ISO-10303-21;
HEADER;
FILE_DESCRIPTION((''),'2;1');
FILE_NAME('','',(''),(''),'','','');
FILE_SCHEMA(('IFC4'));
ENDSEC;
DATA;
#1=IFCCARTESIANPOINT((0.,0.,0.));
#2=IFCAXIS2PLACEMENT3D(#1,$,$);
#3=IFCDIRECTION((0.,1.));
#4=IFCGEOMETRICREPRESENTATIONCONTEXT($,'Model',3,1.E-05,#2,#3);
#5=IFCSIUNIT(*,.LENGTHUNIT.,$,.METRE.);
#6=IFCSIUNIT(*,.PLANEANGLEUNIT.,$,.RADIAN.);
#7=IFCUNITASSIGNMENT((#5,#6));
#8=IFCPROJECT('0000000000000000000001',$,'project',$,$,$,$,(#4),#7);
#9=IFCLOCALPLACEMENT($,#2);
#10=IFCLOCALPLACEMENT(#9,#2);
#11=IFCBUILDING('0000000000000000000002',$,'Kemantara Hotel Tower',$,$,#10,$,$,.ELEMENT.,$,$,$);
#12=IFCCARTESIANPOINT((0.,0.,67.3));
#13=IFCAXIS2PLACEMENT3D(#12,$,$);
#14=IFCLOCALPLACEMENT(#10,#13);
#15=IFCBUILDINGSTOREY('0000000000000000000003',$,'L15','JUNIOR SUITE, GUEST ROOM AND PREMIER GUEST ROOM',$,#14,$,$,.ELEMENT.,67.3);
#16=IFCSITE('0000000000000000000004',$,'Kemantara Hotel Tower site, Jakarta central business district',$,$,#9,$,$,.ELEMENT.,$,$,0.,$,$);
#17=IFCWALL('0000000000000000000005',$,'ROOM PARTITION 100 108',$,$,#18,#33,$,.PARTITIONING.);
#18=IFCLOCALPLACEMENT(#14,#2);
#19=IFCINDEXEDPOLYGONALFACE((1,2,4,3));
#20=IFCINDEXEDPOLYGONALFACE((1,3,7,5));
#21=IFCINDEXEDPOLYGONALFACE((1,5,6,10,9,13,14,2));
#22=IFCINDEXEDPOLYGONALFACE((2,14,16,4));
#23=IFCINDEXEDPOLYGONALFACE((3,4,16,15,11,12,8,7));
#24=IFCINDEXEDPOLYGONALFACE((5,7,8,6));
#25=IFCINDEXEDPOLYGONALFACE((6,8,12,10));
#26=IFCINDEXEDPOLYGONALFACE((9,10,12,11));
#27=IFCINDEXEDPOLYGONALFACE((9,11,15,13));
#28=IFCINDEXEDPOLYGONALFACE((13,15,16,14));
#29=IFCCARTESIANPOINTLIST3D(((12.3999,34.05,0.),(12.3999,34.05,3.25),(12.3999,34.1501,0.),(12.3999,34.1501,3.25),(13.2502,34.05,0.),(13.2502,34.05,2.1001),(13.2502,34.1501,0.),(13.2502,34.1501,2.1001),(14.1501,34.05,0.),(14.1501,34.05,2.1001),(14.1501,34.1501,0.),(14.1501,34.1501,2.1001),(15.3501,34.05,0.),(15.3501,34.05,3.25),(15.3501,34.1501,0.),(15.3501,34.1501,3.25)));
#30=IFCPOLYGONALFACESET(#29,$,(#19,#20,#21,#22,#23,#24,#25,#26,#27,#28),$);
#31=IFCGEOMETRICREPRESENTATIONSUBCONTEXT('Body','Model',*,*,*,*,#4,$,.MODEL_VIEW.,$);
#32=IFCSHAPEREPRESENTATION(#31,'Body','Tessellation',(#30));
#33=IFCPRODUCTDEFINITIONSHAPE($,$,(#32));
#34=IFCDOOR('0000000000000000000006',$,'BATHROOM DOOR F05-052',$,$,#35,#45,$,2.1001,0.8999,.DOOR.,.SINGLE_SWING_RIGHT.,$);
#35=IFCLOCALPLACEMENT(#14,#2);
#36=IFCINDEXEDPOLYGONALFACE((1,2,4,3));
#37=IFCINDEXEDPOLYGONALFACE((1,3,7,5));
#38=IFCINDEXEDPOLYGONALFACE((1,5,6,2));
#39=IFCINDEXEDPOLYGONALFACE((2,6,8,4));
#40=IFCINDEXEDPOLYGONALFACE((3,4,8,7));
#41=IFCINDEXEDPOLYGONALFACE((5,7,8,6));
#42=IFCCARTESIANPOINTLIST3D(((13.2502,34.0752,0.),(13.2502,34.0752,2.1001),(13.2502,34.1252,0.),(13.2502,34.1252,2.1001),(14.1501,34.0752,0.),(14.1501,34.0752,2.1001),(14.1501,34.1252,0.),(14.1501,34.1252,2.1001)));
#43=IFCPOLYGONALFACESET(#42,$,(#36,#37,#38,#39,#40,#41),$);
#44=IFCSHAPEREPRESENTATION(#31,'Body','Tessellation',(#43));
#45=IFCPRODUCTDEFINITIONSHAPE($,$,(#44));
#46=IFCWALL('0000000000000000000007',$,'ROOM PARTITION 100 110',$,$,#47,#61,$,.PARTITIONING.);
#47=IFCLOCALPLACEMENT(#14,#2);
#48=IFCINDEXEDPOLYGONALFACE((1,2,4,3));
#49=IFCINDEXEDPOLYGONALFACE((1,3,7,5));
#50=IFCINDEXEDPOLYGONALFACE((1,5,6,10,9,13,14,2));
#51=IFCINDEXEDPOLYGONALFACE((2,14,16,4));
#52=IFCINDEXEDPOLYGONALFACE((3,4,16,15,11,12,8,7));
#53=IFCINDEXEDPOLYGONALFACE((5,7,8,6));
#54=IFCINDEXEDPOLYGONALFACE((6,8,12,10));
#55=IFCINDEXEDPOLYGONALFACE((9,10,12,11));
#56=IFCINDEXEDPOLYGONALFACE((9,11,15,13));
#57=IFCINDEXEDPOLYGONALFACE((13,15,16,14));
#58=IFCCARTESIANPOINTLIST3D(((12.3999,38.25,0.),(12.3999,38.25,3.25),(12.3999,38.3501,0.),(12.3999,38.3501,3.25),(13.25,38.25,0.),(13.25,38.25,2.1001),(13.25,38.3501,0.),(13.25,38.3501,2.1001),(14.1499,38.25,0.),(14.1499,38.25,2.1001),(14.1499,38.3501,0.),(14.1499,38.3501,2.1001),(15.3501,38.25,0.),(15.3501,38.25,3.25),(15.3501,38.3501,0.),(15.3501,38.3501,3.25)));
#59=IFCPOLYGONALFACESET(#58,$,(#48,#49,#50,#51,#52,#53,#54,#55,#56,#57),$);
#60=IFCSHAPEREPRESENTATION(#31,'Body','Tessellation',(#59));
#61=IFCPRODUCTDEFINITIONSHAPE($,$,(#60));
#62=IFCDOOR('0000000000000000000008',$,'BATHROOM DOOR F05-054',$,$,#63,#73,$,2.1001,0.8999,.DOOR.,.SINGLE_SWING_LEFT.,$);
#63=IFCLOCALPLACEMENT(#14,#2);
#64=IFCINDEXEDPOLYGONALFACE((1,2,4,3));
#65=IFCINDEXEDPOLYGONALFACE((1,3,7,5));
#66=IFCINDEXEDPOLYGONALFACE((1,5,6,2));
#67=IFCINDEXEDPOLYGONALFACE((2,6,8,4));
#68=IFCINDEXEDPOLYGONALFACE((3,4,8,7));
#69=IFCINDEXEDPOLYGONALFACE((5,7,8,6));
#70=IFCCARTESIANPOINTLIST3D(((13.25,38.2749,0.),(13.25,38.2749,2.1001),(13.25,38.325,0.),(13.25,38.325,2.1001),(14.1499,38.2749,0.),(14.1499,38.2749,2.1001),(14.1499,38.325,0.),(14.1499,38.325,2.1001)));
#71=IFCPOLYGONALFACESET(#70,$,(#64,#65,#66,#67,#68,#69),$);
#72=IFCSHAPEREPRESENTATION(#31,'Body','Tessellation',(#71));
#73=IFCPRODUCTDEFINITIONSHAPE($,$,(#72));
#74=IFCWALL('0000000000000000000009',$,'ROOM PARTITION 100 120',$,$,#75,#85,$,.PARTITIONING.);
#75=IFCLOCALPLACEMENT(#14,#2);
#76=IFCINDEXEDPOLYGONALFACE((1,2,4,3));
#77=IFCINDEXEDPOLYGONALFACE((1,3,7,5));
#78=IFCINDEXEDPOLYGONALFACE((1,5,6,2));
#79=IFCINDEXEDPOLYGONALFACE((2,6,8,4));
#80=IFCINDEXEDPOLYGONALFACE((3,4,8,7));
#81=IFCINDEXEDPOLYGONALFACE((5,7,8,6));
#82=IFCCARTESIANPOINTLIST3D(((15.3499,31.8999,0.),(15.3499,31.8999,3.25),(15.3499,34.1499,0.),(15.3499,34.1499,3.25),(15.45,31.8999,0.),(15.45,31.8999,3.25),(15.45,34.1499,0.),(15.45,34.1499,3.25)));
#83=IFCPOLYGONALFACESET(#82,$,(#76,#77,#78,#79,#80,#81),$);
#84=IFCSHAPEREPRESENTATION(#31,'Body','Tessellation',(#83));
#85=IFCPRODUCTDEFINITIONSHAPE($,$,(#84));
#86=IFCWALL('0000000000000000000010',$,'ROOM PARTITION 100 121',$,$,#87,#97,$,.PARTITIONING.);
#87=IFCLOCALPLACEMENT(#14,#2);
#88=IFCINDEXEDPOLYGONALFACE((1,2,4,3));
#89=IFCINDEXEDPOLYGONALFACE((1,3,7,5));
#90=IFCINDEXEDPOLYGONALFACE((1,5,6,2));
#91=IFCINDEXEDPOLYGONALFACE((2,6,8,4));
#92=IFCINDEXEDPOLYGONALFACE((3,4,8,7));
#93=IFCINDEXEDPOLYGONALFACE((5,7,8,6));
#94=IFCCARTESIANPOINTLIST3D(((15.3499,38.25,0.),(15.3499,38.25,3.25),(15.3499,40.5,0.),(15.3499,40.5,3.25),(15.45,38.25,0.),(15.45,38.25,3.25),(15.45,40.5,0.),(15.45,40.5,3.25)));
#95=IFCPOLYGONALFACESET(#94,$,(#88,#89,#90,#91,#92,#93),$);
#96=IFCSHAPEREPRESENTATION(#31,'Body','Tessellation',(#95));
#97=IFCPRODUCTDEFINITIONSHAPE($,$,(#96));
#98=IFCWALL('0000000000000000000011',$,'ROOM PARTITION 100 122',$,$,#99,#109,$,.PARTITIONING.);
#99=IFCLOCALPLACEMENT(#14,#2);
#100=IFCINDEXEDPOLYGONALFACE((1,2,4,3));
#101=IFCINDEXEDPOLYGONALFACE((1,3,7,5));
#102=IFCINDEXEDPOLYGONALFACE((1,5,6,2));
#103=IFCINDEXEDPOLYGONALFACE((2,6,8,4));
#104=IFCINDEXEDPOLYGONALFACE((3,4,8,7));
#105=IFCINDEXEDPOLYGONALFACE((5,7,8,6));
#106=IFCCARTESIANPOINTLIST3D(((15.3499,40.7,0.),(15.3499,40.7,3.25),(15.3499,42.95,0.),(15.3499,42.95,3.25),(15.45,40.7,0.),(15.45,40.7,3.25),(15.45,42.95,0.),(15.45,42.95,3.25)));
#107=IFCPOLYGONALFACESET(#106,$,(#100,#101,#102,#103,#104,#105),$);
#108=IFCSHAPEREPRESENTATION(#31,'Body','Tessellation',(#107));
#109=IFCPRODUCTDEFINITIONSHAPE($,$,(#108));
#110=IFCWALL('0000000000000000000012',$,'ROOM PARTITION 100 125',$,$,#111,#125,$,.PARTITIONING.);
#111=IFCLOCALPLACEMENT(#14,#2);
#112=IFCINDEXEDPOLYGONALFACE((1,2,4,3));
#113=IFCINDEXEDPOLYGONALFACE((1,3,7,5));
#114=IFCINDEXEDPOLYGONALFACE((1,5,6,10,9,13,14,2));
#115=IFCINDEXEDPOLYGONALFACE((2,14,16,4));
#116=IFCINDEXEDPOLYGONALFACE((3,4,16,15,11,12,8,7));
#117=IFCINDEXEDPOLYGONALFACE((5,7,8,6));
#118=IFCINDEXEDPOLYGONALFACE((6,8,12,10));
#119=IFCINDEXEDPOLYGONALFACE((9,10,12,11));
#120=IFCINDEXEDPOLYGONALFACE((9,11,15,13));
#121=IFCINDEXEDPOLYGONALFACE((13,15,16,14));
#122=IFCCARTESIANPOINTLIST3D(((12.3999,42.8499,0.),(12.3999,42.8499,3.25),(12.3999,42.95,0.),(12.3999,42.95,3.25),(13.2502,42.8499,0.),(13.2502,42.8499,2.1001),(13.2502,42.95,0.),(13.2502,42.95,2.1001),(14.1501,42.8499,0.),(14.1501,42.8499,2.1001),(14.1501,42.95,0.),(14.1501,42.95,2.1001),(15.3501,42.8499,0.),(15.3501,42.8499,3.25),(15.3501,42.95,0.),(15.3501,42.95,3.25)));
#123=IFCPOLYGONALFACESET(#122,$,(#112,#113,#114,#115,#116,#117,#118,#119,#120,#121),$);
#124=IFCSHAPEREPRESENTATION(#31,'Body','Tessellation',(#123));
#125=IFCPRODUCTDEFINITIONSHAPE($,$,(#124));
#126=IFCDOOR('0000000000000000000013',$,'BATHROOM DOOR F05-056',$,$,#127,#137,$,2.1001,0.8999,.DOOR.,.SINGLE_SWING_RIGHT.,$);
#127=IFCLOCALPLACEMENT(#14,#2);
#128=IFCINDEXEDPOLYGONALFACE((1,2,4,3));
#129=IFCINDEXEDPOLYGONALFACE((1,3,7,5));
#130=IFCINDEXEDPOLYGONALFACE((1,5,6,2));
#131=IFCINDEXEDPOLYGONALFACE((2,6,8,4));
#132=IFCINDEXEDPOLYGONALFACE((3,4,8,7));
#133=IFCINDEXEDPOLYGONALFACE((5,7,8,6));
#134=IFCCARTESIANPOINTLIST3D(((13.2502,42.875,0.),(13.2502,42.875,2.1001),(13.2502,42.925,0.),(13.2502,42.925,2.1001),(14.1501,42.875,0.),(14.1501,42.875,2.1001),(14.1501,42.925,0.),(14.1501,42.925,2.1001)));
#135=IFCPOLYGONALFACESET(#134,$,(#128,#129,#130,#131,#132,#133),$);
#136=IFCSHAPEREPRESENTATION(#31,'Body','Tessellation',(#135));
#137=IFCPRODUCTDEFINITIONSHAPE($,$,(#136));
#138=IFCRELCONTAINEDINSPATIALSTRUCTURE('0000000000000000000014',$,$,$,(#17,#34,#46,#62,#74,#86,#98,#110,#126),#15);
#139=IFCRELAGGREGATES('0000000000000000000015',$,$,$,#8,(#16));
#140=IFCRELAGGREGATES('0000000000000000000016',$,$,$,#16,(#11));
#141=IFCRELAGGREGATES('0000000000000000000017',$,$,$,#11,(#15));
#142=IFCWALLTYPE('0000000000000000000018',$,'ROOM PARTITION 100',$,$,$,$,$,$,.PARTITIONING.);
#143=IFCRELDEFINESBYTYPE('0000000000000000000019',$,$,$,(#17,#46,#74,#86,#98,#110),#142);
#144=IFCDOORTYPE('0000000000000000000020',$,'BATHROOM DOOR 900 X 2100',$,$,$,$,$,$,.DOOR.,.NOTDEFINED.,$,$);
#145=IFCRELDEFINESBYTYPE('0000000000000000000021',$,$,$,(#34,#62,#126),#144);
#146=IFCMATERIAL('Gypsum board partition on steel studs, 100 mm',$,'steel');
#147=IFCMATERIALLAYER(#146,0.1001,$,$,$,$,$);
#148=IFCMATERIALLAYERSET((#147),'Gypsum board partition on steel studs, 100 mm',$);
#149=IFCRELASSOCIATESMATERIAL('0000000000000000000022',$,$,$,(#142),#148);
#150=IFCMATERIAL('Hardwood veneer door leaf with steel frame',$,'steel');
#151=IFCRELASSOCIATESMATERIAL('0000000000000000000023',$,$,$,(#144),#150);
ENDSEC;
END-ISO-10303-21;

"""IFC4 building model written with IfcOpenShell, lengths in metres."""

from ifc_helpers import new_model, si_unit, direction, frame, frame_2d, origin, place, context, subcontext, project, spatial, rectangle, extrude, material, layer, layer_set, type_object, element, fill, save


model = new_model("IFC4")

# Units and contexts
model_context = context("Model", 3, precision=1e-05, world=origin(), true_north=direction((0.0, 1.0)))
body_context = subcontext(model_context, "Body", "Model", "MODEL_VIEW")
ifc_project = project(units=[si_unit("LENGTHUNIT", "METRE"), si_unit("PLANEANGLEUNIT", "RADIAN")], contexts=[model_context])

# Site, building, storey
site_placement = place(None, origin())
site = spatial("IfcSite", under=ifc_project, at=site_placement, Name="Kemantara Hotel Tower site, Jakarta central business district", CompositionType="ELEMENT", RefElevation=0.0)
building_placement = place(site_placement, origin())
building = spatial("IfcBuilding", under=site, at=building_placement, Name="Kemantara Hotel Tower", CompositionType="ELEMENT")
storey_placement = place(building_placement, frame((0.0, 0.0, 67.3)))
storey = spatial("IfcBuildingStorey", under=building, at=storey_placement, Name="L15", Description="JUNIOR SUITE, GUEST ROOM AND PREMIER GUEST ROOM", CompositionType="ELEMENT", Elevation=67.3)

# Shared definitions
ifc_material_1 = material(Name="Hardwood veneer door leaf with steel frame", Category="steel")

# Walls, openings, doors
ifc_material_2 = material(Name="Gypsum board partition on steel studs, 100 mm", Category="steel")
ifc_layer_1 = layer(ifc_material_2, 0.1001)
ifc_layer_set_1 = layer_set([ifc_layer_1], Name="Gypsum board partition on steel studs, 100 mm")
wall_type_1 = type_object("IfcWallType", Name="ROOM PARTITION 100", PredefinedType="PARTITIONING", material=ifc_layer_set_1)
wall_1_placement = place(storey_placement, frame((15.3501, 34.1001, 0.0), z_axis=(0.0, 0.0, 1.0), x_axis=(-1.0, 0.0, 0.0)))
wall_1 = element("IfcWall", 1, at=wall_1_placement, inside=storey, type_object=wall_type_1, Name="ROOM PARTITION 100 108", PredefinedType="PARTITIONING", context=body_context, shape_type="SweptSolid", body=[
    extrude(rectangle(XDim=2.9502, YDim=0.1001, at=frame_2d((1.4751, 0.0))), origin(), (0.0, 0.0, 1.0), 3.25),
])
opening_1_placement = place(wall_1_placement, frame((1.2, 0.0, 0.0)))
opening_1 = element("IfcOpeningElement", 2, at=opening_1_placement, cuts=wall_1, PredefinedType="OPENING", context=body_context, shape_type="SweptSolid", body=[
    extrude(rectangle(XDim=0.8999, YDim=2.1001, at=frame_2d((0.45, 1.05))), frame((0.0, 0.0601, 0.0), z_axis=(0.0, -1.0, 0.0), x_axis=(1.0, 0.0, 0.0)), (0.0, 0.0, 1.0), 0.1201),
])
door_type_1 = type_object("IfcDoorType", Name="BATHROOM DOOR 900 X 2100", OperationType="NOTDEFINED", PredefinedType="DOOR", material=ifc_material_1)
door_1_placement = place(opening_1_placement, origin())
door_1 = element("IfcDoor", 3, at=door_1_placement, inside=storey, type_object=door_type_1, Name="BATHROOM DOOR F05-052", OperationType="SINGLE_SWING_RIGHT", OverallHeight=2.1001, OverallWidth=0.8999, PredefinedType="DOOR", context=body_context, shape_type="SweptSolid", body=[
    extrude(rectangle(XDim=0.8999, YDim=2.1001, at=frame_2d((0.45, 1.05))), frame((0.0, 0.0249, 0.0), z_axis=(0.0, -1.0, 0.0), x_axis=(1.0, 0.0, 0.0)), (0.0, 0.0, 1.0), 0.05),
])
fill(opening_1, door_1)
wall_2_placement = place(storey_placement, frame((12.3999, 38.3, 0.0), z_axis=(0.0, 0.0, 1.0), x_axis=(1.0, 0.0, 0.0)))
wall_2 = element("IfcWall", 4, at=wall_2_placement, inside=storey, type_object=wall_type_1, Name="ROOM PARTITION 100 110", PredefinedType="PARTITIONING", context=body_context, shape_type="SweptSolid", body=[
    extrude(rectangle(XDim=2.9502, YDim=0.1001, at=frame_2d((1.4751, 0.0))), origin(), (0.0, 0.0, 1.0), 3.25),
])
opening_2_placement = place(wall_2_placement, frame((0.8501, 0.0, 0.0)))
opening_2 = element("IfcOpeningElement", 5, at=opening_2_placement, cuts=wall_2, PredefinedType="OPENING", context=body_context, shape_type="SweptSolid", body=[
    extrude(rectangle(XDim=0.8999, YDim=2.1001, at=frame_2d((0.45, 1.05))), frame((0.0, 0.0601, 0.0), z_axis=(0.0, -1.0, 0.0), x_axis=(1.0, 0.0, 0.0)), (0.0, 0.0, 1.0), 0.1201),
])
door_2_placement = place(opening_2_placement, origin())
door_2 = element("IfcDoor", 6, at=door_2_placement, inside=storey, type_object=door_type_1, Name="BATHROOM DOOR F05-054", OperationType="SINGLE_SWING_LEFT", OverallHeight=2.1001, OverallWidth=0.8999, PredefinedType="DOOR", context=body_context, shape_type="SweptSolid", body=[
    extrude(rectangle(XDim=0.8999, YDim=2.1001, at=frame_2d((0.45, 1.05))), frame((0.0, 0.0249, 0.0), z_axis=(0.0, -1.0, 0.0), x_axis=(1.0, 0.0, 0.0)), (0.0, 0.0, 1.0), 0.05),
])
fill(opening_2, door_2)

# Walls
for number, where, z_axis, x_axis, name in (
    (7, (15.3999, 31.8999, 0.0), (0.0, 0.0, 1.0), (0.0, 1.0, 0.0), "ROOM PARTITION 100 120"),
    (8, (15.3999, 38.25, 0.0), (0.0, 0.0, 1.0), (0.0, 1.0, 0.0), "ROOM PARTITION 100 121"),
    (9, (15.3999, 40.7, 0.0), (0.0, 0.0, 1.0), (0.0, 1.0, 0.0), "ROOM PARTITION 100 122"),
):
    element("IfcWall", number, at=place(storey_placement, frame(where, z_axis=z_axis, x_axis=x_axis)), inside=storey, type_object=wall_type_1, Name=name, PredefinedType="PARTITIONING", context=body_context, shape_type="SweptSolid", body=[
        extrude(rectangle(XDim=2.25, YDim=0.1001, at=frame_2d((1.125, 0.0))), origin(), (0.0, 0.0, 1.0), 3.25),
    ])

# Wall, opening, door
wall_3_placement = place(storey_placement, frame((15.3501, 42.8999, 0.0), z_axis=(0.0, 0.0, 1.0), x_axis=(-1.0, 0.0, 0.0)))
wall_3 = element("IfcWall", 10, at=wall_3_placement, inside=storey, type_object=wall_type_1, Name="ROOM PARTITION 100 125", PredefinedType="PARTITIONING", context=body_context, shape_type="SweptSolid", body=[
    extrude(rectangle(XDim=2.9502, YDim=0.1001, at=frame_2d((1.4751, 0.0))), origin(), (0.0, 0.0, 1.0), 3.25),
])
opening_3_placement = place(wall_3_placement, frame((1.2, 0.0, 0.0)))
opening_3 = element("IfcOpeningElement", 11, at=opening_3_placement, cuts=wall_3, PredefinedType="OPENING", context=body_context, shape_type="SweptSolid", body=[
    extrude(rectangle(XDim=0.8999, YDim=2.1001, at=frame_2d((0.45, 1.05))), frame((0.0, 0.0601, 0.0), z_axis=(0.0, -1.0, 0.0), x_axis=(1.0, 0.0, 0.0)), (0.0, 0.0, 1.0), 0.1201),
])
door_3_placement = place(opening_3_placement, origin())
door_3 = element("IfcDoor", 12, at=door_3_placement, inside=storey, type_object=door_type_1, Name="BATHROOM DOOR F05-056", OperationType="SINGLE_SWING_RIGHT", OverallHeight=2.1001, OverallWidth=0.8999, PredefinedType="DOOR", context=body_context, shape_type="SweptSolid", body=[
    extrude(rectangle(XDim=0.8999, YDim=2.1001, at=frame_2d((0.45, 1.05))), frame((0.0, 0.0249, 0.0), z_axis=(0.0, -1.0, 0.0), x_axis=(1.0, 0.0, 0.0)), (0.0, 0.0, 1.0), 0.05),
])
fill(opening_3, door_3)

save(model, "model.ifc")
